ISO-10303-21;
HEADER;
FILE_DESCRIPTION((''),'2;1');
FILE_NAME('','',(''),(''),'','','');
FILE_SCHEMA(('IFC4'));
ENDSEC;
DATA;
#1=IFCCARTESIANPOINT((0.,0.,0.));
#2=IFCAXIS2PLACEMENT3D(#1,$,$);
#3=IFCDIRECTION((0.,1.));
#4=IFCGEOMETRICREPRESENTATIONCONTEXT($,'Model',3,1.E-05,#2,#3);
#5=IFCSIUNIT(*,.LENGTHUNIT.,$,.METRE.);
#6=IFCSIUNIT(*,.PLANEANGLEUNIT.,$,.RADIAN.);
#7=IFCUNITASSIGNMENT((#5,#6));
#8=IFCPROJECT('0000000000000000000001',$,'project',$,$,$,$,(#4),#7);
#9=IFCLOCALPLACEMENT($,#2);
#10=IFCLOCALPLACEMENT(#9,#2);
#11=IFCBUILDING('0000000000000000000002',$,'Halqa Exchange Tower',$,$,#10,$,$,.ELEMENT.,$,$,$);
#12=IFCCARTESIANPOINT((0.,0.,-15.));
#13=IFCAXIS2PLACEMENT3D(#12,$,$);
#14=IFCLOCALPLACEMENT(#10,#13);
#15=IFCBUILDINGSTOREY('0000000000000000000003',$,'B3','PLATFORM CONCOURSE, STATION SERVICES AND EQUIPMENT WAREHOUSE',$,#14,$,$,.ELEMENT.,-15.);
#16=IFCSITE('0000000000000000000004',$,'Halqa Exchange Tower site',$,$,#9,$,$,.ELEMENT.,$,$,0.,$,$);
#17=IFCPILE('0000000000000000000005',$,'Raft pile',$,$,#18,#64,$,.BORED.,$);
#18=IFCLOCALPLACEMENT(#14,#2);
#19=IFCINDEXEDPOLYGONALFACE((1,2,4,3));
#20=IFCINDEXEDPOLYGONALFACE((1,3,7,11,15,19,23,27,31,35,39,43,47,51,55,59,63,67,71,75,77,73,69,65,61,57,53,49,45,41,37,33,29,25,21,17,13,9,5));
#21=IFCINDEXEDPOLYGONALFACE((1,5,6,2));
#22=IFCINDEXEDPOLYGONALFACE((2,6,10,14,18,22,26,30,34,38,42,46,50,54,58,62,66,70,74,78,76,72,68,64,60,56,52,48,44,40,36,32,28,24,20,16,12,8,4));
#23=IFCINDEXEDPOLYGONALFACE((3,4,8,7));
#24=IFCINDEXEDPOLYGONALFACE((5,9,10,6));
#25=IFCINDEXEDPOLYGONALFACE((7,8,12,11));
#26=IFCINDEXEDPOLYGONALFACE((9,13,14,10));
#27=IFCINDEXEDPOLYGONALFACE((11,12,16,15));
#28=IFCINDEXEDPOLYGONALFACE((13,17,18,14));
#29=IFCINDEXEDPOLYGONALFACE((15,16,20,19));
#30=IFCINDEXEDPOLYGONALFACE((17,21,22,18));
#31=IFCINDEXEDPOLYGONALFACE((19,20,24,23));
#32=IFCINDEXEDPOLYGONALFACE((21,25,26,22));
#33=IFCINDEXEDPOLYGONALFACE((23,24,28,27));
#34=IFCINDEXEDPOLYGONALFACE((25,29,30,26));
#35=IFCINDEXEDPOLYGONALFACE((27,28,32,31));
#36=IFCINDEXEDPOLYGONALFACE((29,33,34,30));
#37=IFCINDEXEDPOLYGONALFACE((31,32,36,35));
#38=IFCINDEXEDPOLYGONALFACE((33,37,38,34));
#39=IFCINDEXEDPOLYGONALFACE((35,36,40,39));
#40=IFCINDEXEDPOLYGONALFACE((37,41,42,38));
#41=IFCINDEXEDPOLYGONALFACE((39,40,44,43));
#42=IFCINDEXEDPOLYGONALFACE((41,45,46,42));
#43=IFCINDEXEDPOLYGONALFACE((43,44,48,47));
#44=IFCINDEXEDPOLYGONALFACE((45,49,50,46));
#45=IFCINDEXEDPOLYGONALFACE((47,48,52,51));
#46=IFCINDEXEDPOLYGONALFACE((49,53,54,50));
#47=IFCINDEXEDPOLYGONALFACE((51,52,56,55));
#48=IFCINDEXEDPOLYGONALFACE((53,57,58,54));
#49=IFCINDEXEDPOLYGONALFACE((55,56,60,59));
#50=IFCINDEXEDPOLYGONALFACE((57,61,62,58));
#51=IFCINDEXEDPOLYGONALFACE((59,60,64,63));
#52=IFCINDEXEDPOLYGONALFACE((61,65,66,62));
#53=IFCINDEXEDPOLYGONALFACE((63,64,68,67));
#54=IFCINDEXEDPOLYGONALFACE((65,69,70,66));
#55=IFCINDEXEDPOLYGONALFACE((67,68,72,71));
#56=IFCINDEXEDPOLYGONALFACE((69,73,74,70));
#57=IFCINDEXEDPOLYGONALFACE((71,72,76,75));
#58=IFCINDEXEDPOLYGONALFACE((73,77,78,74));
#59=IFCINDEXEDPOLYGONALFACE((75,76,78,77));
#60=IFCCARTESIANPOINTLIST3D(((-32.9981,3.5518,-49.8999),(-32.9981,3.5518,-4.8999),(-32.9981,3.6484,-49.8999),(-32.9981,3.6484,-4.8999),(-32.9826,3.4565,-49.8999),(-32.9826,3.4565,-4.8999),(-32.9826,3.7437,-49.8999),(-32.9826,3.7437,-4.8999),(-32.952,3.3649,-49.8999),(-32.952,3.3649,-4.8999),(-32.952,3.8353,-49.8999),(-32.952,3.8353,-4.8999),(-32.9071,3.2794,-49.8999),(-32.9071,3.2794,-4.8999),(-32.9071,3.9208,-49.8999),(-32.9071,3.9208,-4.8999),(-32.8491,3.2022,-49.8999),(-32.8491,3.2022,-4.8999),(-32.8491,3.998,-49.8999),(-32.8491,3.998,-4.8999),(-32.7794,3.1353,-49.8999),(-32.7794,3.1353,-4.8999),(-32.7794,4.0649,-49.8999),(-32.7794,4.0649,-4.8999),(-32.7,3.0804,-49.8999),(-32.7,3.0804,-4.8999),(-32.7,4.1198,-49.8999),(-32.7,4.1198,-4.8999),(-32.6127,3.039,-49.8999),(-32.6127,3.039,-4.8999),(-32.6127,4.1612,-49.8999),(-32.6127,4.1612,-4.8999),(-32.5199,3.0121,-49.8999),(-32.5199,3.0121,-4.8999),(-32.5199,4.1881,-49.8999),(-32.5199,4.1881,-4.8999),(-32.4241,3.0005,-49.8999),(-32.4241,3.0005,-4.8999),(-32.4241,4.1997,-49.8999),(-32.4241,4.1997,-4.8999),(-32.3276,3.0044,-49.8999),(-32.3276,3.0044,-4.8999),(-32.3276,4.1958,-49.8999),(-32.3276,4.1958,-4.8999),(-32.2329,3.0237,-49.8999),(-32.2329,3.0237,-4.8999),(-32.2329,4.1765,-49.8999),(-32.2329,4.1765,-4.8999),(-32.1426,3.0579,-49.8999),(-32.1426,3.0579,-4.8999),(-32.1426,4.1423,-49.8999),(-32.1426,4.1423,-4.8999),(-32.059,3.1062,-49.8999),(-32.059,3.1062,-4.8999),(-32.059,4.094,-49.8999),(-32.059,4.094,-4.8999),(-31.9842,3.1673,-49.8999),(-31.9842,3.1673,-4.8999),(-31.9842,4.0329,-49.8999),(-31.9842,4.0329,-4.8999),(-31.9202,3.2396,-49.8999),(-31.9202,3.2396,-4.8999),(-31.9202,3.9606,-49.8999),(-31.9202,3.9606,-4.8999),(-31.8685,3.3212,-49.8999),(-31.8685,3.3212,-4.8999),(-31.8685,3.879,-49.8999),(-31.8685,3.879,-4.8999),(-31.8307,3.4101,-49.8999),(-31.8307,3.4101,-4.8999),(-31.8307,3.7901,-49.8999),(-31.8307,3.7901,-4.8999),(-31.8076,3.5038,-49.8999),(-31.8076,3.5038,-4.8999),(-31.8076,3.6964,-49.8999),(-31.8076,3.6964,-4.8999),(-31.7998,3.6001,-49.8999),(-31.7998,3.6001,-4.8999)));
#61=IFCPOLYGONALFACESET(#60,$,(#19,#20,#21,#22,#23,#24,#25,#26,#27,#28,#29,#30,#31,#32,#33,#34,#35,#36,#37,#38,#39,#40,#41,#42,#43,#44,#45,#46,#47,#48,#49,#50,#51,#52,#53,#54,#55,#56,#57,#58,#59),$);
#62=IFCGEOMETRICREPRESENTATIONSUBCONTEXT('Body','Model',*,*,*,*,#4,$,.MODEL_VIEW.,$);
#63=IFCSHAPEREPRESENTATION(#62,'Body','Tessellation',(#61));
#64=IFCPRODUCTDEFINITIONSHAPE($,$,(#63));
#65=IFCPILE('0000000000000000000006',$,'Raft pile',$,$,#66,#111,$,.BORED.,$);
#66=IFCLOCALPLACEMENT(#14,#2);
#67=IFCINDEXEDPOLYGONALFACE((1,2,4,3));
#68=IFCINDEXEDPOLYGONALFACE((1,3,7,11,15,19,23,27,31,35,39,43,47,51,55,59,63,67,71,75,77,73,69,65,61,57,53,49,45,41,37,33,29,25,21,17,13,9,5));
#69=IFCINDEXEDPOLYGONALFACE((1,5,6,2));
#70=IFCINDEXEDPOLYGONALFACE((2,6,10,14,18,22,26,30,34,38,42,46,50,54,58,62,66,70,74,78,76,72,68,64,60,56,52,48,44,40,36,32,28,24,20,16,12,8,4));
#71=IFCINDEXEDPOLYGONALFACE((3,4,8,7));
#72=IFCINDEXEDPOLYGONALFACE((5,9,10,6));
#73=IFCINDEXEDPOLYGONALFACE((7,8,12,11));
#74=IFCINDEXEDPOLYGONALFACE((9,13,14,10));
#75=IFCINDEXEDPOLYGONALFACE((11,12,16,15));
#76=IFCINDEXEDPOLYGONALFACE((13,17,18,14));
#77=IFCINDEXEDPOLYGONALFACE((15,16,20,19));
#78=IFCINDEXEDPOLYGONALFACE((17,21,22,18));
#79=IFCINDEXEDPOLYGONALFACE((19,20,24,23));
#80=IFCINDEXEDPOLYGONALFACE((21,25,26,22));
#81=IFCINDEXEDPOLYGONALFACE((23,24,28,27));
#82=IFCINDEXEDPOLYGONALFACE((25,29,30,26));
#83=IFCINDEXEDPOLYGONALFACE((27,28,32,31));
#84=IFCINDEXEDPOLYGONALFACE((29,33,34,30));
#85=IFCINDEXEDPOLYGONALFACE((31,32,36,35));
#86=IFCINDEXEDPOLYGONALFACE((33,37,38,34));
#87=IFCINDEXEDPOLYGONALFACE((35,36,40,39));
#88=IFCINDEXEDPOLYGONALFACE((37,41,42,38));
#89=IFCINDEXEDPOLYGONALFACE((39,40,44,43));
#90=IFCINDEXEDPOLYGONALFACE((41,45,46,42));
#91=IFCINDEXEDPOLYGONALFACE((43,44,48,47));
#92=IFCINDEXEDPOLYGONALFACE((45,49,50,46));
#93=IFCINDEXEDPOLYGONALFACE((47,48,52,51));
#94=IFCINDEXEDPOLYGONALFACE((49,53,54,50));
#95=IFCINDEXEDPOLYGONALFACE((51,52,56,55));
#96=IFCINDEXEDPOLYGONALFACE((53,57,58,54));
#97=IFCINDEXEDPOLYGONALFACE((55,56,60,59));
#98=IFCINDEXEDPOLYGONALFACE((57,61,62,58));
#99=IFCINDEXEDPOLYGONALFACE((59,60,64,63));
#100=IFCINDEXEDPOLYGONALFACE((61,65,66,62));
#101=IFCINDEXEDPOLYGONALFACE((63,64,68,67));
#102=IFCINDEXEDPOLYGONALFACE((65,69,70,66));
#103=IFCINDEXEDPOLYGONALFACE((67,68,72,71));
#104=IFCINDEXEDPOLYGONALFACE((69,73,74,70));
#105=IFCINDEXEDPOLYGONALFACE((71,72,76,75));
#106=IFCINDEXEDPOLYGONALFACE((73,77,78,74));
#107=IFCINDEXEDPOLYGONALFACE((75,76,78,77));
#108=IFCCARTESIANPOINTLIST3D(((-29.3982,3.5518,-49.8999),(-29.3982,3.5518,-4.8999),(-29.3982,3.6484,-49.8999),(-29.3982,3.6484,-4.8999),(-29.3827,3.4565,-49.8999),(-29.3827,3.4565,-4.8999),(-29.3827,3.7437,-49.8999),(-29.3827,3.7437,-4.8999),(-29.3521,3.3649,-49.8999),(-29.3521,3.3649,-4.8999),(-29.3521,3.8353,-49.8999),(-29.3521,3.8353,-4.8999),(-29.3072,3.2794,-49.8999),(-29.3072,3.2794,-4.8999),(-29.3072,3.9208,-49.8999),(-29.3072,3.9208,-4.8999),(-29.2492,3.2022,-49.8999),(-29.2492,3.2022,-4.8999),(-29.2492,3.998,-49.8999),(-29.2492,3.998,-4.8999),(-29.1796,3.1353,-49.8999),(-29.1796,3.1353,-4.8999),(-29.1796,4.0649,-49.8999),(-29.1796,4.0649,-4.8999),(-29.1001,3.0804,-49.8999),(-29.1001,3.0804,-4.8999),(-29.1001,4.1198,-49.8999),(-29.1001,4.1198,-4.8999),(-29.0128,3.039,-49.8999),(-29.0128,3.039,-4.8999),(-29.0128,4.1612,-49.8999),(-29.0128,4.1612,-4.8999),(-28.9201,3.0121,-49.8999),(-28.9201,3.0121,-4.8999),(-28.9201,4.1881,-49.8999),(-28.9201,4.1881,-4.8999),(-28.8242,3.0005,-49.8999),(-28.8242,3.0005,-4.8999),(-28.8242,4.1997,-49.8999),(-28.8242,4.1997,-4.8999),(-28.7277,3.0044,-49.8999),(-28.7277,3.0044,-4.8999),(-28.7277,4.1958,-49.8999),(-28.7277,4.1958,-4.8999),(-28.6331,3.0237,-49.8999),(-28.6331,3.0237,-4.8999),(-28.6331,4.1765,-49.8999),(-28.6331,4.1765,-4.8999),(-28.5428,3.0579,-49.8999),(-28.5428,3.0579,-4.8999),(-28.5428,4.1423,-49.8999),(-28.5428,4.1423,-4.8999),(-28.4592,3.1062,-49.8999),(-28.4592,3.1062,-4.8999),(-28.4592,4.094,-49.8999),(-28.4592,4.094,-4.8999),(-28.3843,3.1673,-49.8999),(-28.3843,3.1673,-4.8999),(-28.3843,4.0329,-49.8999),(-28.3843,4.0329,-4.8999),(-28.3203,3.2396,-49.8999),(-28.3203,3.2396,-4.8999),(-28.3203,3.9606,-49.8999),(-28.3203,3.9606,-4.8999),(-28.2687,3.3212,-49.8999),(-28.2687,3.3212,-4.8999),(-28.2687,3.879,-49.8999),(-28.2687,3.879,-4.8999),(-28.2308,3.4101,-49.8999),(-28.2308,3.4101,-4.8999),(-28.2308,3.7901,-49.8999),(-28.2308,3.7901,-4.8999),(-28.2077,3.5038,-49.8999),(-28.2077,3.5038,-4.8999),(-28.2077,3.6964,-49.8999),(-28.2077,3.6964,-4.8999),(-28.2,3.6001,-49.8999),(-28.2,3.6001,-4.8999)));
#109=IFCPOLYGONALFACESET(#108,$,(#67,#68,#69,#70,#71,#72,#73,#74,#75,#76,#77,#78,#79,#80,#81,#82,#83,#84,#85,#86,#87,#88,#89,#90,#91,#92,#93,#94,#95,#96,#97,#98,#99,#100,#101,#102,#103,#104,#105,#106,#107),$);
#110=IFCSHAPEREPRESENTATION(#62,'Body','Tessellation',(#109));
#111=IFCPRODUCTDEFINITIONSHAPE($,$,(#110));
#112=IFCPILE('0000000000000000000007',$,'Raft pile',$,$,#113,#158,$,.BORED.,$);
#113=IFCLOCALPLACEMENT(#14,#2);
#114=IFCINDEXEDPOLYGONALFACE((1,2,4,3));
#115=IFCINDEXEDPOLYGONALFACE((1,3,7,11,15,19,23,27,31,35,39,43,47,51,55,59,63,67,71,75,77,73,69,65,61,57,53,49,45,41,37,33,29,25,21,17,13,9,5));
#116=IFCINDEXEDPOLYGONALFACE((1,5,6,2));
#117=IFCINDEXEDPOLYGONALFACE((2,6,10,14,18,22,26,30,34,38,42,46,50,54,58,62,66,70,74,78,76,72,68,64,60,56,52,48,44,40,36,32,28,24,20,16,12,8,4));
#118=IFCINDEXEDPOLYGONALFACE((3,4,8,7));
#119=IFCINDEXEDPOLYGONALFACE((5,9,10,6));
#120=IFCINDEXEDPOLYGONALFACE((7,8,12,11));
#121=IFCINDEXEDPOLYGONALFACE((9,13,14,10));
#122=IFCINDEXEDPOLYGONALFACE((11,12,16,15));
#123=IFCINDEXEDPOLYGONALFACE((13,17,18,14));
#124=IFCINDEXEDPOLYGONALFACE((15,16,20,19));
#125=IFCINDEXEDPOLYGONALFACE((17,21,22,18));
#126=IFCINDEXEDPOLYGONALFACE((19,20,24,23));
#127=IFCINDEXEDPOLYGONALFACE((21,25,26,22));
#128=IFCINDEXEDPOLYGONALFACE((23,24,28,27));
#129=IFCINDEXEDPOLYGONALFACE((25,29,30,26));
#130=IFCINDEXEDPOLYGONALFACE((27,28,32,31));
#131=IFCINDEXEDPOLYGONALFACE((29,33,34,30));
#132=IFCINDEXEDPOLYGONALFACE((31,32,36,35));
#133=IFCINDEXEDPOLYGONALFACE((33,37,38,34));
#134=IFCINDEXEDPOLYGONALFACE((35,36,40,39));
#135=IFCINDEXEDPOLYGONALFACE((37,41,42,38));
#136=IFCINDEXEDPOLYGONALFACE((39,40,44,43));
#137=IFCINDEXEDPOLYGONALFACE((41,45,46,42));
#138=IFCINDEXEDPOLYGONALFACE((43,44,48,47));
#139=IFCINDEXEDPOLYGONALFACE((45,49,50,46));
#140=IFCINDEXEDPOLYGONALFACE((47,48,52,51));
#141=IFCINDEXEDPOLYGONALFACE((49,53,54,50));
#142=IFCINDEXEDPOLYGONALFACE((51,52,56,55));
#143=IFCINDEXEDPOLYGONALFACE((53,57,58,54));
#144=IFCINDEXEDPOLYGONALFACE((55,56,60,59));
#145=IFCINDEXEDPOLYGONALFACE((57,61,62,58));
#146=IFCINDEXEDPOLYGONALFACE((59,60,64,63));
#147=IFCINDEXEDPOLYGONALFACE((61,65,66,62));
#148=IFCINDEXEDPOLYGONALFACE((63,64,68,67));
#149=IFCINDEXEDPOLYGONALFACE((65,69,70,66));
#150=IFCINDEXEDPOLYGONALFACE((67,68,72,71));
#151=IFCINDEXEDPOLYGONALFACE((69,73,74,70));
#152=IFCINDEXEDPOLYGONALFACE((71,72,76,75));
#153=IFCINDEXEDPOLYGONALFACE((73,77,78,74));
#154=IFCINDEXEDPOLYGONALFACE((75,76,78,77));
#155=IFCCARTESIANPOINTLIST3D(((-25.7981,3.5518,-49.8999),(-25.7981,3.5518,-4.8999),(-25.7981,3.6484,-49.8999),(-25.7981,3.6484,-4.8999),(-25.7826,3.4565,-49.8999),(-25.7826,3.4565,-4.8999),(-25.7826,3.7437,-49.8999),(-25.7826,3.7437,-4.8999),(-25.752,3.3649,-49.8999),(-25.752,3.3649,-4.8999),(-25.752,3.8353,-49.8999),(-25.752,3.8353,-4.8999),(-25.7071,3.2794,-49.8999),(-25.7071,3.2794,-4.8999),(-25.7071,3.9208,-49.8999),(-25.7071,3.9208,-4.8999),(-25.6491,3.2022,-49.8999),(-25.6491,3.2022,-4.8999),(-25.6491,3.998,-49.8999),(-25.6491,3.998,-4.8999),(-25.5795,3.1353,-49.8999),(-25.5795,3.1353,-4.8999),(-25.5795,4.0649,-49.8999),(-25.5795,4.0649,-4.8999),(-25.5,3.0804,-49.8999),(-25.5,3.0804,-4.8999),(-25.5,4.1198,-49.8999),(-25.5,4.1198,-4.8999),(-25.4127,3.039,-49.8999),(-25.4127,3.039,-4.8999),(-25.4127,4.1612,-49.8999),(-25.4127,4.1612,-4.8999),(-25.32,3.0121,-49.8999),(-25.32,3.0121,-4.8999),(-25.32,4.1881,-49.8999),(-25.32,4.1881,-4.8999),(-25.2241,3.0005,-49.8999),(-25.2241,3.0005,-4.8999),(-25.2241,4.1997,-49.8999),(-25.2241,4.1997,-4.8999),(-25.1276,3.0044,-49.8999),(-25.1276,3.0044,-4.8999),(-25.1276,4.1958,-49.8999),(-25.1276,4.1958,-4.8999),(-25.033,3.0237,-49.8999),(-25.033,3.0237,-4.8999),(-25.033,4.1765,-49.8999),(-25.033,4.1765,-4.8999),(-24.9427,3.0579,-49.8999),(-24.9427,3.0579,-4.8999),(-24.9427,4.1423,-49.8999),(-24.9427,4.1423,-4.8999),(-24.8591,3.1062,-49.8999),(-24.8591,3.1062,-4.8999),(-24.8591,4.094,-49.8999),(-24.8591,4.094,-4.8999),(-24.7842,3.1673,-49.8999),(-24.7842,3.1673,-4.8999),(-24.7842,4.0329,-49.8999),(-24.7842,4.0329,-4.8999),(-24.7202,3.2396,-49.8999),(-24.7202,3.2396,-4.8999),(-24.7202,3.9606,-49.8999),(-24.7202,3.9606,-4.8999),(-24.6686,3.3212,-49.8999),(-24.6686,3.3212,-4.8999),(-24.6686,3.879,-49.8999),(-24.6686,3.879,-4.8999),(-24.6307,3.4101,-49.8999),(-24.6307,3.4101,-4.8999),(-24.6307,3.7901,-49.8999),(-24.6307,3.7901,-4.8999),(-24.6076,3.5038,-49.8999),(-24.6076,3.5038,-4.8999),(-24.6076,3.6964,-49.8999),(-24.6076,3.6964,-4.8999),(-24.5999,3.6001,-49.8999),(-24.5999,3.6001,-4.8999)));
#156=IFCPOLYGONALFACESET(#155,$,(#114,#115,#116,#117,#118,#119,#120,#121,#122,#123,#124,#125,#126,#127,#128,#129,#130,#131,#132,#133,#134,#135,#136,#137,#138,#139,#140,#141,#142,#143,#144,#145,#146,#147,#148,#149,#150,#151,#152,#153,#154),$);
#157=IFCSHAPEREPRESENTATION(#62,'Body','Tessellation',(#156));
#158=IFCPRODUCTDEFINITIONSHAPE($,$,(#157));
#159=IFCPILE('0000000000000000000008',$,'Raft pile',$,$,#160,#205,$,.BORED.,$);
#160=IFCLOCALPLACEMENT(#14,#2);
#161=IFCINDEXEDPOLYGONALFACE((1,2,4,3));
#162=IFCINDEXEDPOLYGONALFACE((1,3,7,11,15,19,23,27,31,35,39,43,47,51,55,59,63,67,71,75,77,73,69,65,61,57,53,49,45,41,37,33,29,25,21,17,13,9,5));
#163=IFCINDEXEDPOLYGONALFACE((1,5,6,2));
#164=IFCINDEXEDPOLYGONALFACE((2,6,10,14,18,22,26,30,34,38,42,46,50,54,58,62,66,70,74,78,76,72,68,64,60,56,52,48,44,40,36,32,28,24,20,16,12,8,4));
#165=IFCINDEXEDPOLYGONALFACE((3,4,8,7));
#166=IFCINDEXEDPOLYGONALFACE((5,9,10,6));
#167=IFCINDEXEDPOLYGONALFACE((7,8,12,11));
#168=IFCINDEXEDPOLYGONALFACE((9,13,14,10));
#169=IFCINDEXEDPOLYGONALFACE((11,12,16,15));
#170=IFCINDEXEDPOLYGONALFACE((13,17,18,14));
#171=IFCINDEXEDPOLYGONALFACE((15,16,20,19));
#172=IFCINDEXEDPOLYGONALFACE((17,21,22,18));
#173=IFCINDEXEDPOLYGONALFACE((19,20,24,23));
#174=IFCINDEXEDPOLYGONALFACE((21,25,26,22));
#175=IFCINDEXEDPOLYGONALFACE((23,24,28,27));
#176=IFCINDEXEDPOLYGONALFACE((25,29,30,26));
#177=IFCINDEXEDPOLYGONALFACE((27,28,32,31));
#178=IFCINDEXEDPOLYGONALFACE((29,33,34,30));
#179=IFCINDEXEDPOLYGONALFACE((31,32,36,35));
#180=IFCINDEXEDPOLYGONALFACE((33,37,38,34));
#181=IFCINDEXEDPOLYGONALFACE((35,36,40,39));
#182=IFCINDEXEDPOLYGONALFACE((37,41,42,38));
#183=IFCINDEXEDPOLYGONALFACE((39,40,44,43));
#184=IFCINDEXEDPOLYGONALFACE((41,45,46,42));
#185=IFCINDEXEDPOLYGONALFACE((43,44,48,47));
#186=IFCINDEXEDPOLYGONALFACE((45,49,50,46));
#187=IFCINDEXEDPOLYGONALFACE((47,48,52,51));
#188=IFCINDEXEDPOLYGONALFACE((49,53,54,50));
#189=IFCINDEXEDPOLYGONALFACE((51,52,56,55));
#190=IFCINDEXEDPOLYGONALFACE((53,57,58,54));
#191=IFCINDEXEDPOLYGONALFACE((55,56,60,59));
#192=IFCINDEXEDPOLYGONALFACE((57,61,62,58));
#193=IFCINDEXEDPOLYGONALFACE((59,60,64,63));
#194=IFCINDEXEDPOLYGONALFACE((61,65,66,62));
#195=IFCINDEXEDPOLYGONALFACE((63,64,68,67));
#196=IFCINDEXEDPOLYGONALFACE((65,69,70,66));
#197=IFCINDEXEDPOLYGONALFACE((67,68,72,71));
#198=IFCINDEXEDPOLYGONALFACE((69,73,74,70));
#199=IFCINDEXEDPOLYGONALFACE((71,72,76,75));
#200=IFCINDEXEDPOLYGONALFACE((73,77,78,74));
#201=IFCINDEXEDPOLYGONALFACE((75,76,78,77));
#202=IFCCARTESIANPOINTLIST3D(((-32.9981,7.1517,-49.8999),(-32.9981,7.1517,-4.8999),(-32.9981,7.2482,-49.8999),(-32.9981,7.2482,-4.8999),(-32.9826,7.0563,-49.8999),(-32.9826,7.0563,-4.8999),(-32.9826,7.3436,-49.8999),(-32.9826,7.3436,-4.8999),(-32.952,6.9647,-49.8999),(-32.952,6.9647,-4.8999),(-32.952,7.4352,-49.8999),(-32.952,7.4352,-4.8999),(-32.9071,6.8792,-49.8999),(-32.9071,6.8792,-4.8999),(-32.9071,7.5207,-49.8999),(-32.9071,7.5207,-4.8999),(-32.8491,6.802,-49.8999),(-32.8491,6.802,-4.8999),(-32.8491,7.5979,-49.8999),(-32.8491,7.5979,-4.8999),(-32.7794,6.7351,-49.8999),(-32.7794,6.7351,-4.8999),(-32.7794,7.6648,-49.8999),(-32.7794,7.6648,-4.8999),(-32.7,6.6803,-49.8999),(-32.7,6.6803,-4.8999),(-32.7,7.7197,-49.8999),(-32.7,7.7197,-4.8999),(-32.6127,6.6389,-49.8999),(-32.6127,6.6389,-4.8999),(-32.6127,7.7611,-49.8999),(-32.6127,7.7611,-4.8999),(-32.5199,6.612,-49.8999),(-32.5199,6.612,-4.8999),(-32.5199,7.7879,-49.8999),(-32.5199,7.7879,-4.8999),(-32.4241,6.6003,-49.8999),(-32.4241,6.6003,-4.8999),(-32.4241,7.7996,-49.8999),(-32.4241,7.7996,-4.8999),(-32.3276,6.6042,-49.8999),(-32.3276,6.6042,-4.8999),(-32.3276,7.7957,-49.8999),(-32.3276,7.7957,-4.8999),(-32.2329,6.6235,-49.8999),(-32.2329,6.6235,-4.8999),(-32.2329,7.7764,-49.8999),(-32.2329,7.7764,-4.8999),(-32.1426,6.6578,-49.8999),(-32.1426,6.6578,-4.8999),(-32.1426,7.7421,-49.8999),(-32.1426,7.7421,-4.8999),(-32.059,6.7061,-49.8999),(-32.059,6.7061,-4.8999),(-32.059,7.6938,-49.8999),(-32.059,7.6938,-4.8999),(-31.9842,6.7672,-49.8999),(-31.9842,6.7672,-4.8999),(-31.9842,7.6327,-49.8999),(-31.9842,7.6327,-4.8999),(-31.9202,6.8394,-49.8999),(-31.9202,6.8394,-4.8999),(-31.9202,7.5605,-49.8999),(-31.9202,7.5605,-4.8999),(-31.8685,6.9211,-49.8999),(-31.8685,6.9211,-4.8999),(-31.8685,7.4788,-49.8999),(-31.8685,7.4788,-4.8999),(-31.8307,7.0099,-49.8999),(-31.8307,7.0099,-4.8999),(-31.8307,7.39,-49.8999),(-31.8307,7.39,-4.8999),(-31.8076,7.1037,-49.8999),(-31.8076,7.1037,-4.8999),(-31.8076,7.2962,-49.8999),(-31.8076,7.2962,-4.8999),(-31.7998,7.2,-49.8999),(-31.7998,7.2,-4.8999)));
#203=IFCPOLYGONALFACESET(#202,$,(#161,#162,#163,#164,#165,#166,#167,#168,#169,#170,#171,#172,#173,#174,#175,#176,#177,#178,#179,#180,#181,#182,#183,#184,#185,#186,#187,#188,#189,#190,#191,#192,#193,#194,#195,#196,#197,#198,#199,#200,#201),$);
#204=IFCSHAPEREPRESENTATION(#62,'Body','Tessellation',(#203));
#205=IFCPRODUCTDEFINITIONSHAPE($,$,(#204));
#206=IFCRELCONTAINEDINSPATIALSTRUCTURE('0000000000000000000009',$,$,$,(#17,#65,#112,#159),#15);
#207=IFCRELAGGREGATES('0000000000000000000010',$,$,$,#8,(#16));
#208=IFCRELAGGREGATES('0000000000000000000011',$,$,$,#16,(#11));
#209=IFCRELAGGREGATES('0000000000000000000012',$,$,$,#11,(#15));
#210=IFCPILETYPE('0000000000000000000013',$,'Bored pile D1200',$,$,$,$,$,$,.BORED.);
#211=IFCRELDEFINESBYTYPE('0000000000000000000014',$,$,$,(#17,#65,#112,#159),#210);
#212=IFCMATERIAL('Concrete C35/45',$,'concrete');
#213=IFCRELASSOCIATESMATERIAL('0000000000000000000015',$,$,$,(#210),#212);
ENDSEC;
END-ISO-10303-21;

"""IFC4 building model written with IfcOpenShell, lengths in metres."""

from ifc_helpers import new_model, si_unit, direction, frame, origin, origin_2d, place, context, subcontext, project, spatial, circle, extrude, material, material_profile, profile_set, type_object, element, save


model = new_model("IFC4")

# Units and contexts
model_context = context("Model", 3, precision=1e-05, world=origin(), true_north=direction((0.0, 1.0)))
body_context = subcontext(model_context, "Body", "Model", "MODEL_VIEW")
ifc_project = project(units=[si_unit("LENGTHUNIT", "METRE"), si_unit("PLANEANGLEUNIT", "RADIAN")], contexts=[model_context])

# Site, building, storey
site_placement = place(None, origin())
site = spatial("IfcSite", under=ifc_project, at=site_placement, Name="Halqa Exchange Tower site", CompositionType="ELEMENT", RefElevation=0.0)
building_placement = place(site_placement, origin())
building = spatial("IfcBuilding", under=site, at=building_placement, Name="Halqa Exchange Tower", CompositionType="ELEMENT")
storey_placement = place(building_placement, frame((0.0, 0.0, -15.0)))
storey = spatial("IfcBuildingStorey", under=building, at=storey_placement, Name="B3", Description="PLATFORM CONCOURSE, STATION SERVICES AND EQUIPMENT WAREHOUSE", CompositionType="ELEMENT", Elevation=-15.0)

# Piles
ifc_material_1 = material(Name="Concrete C35/45", Category="concrete")
ifc_material_profile_1 = material_profile(ifc_material_1, circle(Radius=0.6001, at=origin_2d()), Name="D1200")
ifc_profile_set_1 = profile_set([ifc_material_profile_1], Name="Concrete C35/45")
pile_type_1 = type_object("IfcPileType", Name="Bored pile D1200", PredefinedType="BORED", material=ifc_profile_set_1)
for number, where, z_axis, x_axis, name in (
    (1, (-32.3999, 3.6001, -4.8999), (0.0, 0.0, -1.0), (1.0, 0.0, 0.0), "Raft pile"),
    (2, (-28.8, 3.6001, -4.8999), (0.0, 0.0, -1.0), (1.0, 0.0, 0.0), "Raft pile"),
    (3, (-25.2, 3.6001, -4.8999), (0.0, 0.0, -1.0), (1.0, 0.0, 0.0), "Raft pile"),
    (4, (-32.3999, 7.2, -4.8999), (0.0, 0.0, -1.0), (1.0, 0.0, 0.0), "Raft pile"),
):
    element("IfcPile", number, at=place(storey_placement, frame(where, z_axis=z_axis, x_axis=x_axis)), inside=storey, type_object=pile_type_1, Name=name, PredefinedType="BORED", context=body_context, shape_type="SweptSolid", body=[
        extrude(circle(Radius=0.6001, at=origin_2d()), origin(), (0.0, 0.0, 1.0), 45.0),
    ])

save(model, "model.ifc")
